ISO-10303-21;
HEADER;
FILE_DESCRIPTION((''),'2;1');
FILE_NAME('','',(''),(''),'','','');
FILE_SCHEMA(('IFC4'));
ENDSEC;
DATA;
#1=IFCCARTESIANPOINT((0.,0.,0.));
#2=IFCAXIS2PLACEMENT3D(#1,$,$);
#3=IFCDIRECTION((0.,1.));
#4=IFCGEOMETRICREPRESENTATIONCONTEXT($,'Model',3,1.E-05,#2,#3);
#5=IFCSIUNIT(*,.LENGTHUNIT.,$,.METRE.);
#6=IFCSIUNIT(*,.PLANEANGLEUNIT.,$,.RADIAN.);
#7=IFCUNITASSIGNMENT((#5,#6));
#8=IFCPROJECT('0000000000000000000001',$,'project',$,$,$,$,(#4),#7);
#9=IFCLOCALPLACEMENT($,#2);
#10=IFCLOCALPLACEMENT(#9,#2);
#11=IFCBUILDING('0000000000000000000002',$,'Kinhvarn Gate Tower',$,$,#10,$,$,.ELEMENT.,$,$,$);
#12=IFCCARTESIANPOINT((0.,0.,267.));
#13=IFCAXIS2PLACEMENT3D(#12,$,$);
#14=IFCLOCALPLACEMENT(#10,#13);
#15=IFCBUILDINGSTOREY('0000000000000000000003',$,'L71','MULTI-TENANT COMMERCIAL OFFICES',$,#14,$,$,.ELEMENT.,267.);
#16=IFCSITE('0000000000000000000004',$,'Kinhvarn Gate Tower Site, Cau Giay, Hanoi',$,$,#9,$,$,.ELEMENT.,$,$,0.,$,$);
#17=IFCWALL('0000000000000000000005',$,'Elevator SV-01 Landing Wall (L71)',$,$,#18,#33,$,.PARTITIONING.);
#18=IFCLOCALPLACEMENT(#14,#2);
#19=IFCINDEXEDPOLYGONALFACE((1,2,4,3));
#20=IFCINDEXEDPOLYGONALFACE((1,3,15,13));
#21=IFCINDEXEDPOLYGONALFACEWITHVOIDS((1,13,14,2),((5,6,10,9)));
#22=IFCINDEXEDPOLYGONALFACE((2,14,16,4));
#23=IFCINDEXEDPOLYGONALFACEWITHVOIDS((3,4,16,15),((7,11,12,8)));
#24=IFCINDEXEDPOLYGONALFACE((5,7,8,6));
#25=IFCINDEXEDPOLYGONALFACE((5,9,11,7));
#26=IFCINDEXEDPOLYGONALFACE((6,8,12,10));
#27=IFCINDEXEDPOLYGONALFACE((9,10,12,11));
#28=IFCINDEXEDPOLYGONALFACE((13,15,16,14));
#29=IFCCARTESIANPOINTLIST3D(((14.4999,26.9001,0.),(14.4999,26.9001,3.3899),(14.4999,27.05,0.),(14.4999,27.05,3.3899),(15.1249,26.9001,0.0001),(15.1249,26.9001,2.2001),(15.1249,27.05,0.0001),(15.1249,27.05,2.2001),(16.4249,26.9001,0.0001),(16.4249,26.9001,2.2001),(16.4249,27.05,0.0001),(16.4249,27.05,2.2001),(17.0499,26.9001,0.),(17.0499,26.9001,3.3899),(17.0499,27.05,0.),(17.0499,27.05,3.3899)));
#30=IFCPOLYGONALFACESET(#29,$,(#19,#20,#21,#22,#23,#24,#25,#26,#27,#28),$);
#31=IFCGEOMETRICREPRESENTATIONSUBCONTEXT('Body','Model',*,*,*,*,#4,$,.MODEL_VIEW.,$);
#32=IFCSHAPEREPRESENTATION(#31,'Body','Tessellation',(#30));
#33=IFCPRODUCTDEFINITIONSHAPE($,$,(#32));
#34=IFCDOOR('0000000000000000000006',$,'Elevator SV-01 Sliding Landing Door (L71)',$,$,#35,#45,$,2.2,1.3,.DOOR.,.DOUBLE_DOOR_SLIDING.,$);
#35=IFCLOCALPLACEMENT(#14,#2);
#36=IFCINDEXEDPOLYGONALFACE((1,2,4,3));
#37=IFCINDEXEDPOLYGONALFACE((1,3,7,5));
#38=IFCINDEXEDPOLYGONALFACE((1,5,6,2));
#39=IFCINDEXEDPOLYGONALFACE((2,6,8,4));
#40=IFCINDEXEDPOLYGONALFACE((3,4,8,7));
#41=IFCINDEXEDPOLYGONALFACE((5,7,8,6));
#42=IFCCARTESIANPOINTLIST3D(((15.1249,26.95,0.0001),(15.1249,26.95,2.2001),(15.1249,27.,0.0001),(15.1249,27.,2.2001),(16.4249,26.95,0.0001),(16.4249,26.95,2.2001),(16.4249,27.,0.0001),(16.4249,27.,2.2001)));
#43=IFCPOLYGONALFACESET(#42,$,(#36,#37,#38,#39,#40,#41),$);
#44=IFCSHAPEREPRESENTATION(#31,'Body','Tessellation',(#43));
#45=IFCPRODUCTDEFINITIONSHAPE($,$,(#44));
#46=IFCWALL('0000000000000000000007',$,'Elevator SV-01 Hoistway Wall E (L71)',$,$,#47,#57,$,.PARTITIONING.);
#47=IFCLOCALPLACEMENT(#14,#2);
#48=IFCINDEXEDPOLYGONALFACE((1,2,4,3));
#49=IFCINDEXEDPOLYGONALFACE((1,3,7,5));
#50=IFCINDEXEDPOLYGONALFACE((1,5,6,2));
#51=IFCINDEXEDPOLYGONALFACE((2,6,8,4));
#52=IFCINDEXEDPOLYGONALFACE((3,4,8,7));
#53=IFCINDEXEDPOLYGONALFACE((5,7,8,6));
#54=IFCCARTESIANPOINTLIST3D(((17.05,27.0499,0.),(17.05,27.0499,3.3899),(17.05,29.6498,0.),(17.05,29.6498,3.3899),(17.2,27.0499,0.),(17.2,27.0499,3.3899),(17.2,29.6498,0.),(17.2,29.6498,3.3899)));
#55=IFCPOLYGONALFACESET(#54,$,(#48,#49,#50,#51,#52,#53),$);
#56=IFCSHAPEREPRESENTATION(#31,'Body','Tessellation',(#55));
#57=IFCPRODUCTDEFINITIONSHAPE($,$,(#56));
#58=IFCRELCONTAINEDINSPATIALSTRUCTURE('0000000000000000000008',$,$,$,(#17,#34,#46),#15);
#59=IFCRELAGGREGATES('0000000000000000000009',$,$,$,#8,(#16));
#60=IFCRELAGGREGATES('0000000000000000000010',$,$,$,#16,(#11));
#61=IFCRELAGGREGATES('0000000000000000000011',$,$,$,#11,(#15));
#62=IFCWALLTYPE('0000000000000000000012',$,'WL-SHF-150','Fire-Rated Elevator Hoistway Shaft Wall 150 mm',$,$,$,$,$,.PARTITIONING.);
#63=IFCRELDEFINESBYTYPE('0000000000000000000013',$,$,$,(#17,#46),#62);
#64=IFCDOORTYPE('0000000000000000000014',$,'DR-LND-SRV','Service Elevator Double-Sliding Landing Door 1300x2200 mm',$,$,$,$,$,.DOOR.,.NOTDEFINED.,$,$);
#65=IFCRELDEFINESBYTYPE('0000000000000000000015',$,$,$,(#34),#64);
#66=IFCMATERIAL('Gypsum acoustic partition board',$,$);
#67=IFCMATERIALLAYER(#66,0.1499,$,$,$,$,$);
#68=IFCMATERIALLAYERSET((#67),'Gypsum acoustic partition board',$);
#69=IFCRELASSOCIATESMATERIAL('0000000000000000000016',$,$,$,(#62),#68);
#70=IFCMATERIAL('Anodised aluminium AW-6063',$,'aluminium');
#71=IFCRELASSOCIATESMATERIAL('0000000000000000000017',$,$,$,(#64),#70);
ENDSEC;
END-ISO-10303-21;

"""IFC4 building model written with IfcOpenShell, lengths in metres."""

from ifc_helpers import new_model, si_unit, direction, frame, frame_2d, origin, place, context, subcontext, project, spatial, rectangle, extrude, material, layer, layer_set, type_object, element, fill, save


model = new_model("IFC4")

# Units and contexts
model_context = context("Model", 3, precision=1e-05, world=origin(), true_north=direction((0.0, 1.0)))
body_context = subcontext(model_context, "Body", "Model", "MODEL_VIEW")
ifc_project = project(units=[si_unit("LENGTHUNIT", "METRE"), si_unit("PLANEANGLEUNIT", "RADIAN")], contexts=[model_context])

# Site, building, storey
site_placement = place(None, origin())
site = spatial("IfcSite", under=ifc_project, at=site_placement, Name="Kinhvarn Gate Tower Site, Cau Giay, Hanoi", CompositionType="ELEMENT", RefElevation=0.0)
building_placement = place(site_placement, origin())
building = spatial("IfcBuilding", under=site, at=building_placement, Name="Kinhvarn Gate Tower", CompositionType="ELEMENT")
storey_placement = place(building_placement, frame((0.0, 0.0, 267.0)))
storey = spatial("IfcBuildingStorey", under=building, at=storey_placement, Name="L71", Description="MULTI-TENANT COMMERCIAL OFFICES", CompositionType="ELEMENT", Elevation=267.0)

# Shared definitions
ifc_material_1 = material(Name="Anodised aluminium AW-6063", Category="aluminium")

# Shared definitions
ifc_material_2 = material(Name="Gypsum acoustic partition board")

# Shared definitions
ifc_layer_1 = layer(ifc_material_2, 0.1499)
ifc_layer_set_1 = layer_set([ifc_layer_1], Name="Gypsum acoustic partition board")
wall_type_1 = type_object("IfcWallType", Name="WL-SHF-150", Description="Fire-Rated Elevator Hoistway Shaft Wall 150 mm", PredefinedType="PARTITIONING", material=ifc_layer_set_1)

# Wall, opening, door
wall_1_placement = place(storey_placement, frame((14.5, 26.9751, 0.0), z_axis=(0.0, 0.0, 1.0), x_axis=(1.0, 0.0, 0.0)))
wall_1 = element("IfcWall", 1, at=wall_1_placement, inside=storey, type_object=wall_type_1, Name="Elevator SV-01 Landing Wall (L71)", PredefinedType="PARTITIONING", context=body_context, shape_type="SweptSolid", body=[
    extrude(rectangle(XDim=2.55, YDim=0.1499, at=frame_2d((1.2749, 0.0))), origin(), (0.0, 0.0, 1.0), 3.3899),
])
opening_1_placement = place(wall_1_placement, frame((0.625, 0.0, 0.0)))
opening_1 = element("IfcOpeningElement", 2, at=opening_1_placement, cuts=wall_1, PredefinedType="OPENING", context=body_context, shape_type="SweptSolid", body=[
    extrude(rectangle(XDim=1.3, YDim=2.2, at=frame_2d((0.6499, 1.1001))), frame((0.0, 0.085, 0.0), z_axis=(0.0, -1.0, 0.0), x_axis=(1.0, 0.0, 0.0)), (0.0, 0.0, 1.0), 0.1699),
])
door_type_1 = type_object("IfcDoorType", Name="DR-LND-SRV", Description="Service Elevator Double-Sliding Landing Door 1300x2200 mm", OperationType="NOTDEFINED", PredefinedType="DOOR", material=ifc_material_1)
door_1_placement = place(opening_1_placement, origin())
door_1 = element("IfcDoor", 3, at=door_1_placement, inside=storey, type_object=door_type_1, Name="Elevator SV-01 Sliding Landing Door (L71)", OperationType="DOUBLE_DOOR_SLIDING", OverallHeight=2.2, OverallWidth=1.3, PredefinedType="DOOR", context=body_context, shape_type="SweptSolid", body=[
    extrude(rectangle(XDim=1.3, YDim=2.2, at=frame_2d((0.6499, 1.1001))), frame((0.0, 0.0249, 0.0), z_axis=(0.0, -1.0, 0.0), x_axis=(1.0, 0.0, 0.0)), (0.0, 0.0, 1.0), 0.05),
])
fill(opening_1, door_1)

# Wall
wall_2_placement = place(storey_placement, frame((17.125, 27.05, 0.0), z_axis=(0.0, 0.0, 1.0), x_axis=(0.0, 1.0, 0.0)))
element("IfcWall", 4, at=wall_2_placement, inside=storey, type_object=wall_type_1, Name="Elevator SV-01 Hoistway Wall E (L71)", PredefinedType="PARTITIONING", context=body_context, shape_type="SweptSolid", body=[
    extrude(rectangle(XDim=2.5999, YDim=0.1499, at=frame_2d((1.2998, 0.0))), origin(), (0.0, 0.0, 1.0), 3.3899),
])

save(model, "model.ifc")
